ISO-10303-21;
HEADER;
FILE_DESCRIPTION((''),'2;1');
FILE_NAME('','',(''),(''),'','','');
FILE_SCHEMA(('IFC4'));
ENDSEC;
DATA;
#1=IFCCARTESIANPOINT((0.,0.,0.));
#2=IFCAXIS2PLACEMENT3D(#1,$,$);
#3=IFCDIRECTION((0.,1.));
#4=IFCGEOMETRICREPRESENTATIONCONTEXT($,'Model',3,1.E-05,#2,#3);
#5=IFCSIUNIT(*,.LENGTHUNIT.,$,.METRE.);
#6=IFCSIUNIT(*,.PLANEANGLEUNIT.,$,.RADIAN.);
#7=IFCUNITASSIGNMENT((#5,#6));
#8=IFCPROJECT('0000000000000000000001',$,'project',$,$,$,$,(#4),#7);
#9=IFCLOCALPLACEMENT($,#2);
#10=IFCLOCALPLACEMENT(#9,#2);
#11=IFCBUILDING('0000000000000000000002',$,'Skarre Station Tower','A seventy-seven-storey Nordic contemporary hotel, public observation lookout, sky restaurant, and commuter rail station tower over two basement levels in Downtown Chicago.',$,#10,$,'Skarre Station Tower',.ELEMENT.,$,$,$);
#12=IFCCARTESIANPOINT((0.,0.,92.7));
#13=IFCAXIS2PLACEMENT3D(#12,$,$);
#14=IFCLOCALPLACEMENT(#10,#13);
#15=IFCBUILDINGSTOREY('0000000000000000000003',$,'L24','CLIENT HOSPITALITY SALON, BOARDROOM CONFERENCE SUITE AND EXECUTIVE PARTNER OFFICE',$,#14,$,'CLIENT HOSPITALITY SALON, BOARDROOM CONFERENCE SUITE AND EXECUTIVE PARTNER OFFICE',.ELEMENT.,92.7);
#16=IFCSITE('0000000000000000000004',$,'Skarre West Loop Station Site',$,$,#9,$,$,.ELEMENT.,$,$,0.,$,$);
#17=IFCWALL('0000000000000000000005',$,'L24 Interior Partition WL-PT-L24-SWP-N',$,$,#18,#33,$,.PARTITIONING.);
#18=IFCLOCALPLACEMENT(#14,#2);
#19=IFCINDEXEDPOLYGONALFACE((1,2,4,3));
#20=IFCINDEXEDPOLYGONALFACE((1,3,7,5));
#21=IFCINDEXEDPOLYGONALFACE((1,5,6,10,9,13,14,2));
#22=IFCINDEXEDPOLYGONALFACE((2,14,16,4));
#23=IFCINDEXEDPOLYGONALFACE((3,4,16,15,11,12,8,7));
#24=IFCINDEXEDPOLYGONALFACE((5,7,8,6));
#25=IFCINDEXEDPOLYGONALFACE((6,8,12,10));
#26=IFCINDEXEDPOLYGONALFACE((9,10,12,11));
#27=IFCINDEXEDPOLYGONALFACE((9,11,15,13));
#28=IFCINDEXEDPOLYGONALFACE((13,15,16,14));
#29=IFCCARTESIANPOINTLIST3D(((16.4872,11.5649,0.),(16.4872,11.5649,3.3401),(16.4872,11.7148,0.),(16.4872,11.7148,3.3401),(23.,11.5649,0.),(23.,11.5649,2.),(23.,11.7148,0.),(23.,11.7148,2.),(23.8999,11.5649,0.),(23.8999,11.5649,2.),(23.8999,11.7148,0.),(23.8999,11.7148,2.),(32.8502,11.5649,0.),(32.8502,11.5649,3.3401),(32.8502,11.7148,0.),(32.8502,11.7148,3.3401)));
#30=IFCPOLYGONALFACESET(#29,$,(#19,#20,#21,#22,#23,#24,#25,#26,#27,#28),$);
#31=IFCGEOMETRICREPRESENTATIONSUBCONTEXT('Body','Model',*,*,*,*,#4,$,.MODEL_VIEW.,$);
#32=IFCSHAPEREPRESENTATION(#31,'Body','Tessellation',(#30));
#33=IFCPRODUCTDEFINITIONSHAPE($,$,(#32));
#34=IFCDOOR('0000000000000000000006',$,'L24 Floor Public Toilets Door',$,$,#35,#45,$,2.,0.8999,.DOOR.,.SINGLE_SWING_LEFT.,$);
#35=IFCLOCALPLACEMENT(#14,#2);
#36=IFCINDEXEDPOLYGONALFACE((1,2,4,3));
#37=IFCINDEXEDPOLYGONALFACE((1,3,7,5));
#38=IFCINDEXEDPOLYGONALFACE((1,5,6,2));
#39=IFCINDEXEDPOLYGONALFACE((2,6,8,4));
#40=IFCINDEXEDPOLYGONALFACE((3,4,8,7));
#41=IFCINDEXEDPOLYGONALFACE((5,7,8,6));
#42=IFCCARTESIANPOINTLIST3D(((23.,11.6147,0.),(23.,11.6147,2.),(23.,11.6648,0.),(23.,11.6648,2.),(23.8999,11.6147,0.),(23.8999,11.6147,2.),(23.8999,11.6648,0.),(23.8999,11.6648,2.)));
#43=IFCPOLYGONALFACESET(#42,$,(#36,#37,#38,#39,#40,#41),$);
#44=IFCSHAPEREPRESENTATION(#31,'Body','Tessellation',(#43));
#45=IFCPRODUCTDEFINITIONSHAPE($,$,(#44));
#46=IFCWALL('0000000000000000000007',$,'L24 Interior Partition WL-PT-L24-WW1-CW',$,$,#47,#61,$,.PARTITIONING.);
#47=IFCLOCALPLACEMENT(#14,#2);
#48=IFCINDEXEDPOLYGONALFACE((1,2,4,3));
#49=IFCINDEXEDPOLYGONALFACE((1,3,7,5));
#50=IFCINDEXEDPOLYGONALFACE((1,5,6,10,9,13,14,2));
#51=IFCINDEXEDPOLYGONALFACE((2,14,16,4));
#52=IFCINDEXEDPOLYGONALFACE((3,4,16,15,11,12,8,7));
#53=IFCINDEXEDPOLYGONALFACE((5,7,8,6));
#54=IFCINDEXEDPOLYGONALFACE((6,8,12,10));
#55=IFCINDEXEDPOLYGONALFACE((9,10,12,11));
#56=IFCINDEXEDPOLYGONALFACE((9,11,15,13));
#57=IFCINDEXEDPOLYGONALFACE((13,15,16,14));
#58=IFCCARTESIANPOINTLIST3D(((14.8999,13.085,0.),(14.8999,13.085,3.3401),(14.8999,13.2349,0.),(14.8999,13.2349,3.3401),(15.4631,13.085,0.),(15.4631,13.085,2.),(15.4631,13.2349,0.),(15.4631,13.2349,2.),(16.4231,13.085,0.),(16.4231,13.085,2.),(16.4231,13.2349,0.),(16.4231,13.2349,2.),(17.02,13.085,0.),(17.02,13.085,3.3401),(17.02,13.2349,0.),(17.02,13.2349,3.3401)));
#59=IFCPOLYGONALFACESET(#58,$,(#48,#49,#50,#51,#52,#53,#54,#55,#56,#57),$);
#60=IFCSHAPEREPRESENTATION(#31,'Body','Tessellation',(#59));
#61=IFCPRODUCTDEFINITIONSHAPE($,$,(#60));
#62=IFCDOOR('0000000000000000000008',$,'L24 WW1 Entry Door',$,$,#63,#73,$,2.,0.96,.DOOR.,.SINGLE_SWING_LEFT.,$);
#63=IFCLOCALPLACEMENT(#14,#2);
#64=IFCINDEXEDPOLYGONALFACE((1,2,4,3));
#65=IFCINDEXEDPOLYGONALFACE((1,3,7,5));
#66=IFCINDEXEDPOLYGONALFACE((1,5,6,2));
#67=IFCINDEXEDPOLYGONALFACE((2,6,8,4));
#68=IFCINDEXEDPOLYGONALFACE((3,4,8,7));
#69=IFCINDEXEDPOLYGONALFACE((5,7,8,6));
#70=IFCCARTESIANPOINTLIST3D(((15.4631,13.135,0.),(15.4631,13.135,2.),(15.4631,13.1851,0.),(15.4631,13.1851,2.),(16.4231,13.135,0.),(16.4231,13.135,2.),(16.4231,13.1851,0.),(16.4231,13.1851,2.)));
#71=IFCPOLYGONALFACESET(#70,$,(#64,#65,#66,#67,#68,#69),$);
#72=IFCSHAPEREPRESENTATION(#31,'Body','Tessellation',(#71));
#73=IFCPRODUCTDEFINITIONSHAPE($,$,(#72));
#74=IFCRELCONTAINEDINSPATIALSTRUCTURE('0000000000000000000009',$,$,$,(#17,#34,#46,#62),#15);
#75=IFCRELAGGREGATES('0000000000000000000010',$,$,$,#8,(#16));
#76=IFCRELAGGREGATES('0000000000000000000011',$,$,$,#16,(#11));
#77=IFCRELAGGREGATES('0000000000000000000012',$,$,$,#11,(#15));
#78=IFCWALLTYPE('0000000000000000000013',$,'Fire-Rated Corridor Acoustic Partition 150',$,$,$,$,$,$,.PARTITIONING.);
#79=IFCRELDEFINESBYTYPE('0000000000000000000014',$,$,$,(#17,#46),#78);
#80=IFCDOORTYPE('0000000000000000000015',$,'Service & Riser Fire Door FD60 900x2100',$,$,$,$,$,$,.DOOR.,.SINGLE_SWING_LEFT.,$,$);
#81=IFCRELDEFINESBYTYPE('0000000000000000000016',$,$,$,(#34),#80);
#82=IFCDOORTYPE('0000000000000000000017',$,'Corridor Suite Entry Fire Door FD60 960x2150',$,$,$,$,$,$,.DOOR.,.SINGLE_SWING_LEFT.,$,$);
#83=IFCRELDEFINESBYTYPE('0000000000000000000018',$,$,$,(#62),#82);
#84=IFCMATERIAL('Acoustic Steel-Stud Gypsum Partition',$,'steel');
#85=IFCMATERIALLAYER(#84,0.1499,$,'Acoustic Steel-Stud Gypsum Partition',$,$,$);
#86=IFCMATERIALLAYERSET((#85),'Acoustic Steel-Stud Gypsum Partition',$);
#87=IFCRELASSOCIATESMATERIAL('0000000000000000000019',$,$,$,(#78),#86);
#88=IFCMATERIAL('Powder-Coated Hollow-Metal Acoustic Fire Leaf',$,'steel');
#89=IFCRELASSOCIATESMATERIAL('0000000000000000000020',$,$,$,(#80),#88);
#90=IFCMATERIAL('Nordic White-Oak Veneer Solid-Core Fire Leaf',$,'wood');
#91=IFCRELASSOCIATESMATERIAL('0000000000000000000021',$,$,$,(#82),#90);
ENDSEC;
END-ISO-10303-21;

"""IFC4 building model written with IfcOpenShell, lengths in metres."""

from ifc_helpers import new_model, si_unit, direction, frame, frame_2d, origin, place, context, subcontext, project, spatial, rectangle, extrude, material, layer, layer_set, type_object, element, fill, save


model = new_model("IFC4")

# Units and contexts
model_context = context("Model", 3, precision=1e-05, world=origin(), true_north=direction((0.0, 1.0)))
body_context = subcontext(model_context, "Body", "Model", "MODEL_VIEW")
ifc_project = project(units=[si_unit("LENGTHUNIT", "METRE"), si_unit("PLANEANGLEUNIT", "RADIAN")], contexts=[model_context])

# Site, building, storey
site_placement = place(None, origin())
site = spatial("IfcSite", under=ifc_project, at=site_placement, Name="Skarre West Loop Station Site", CompositionType="ELEMENT", RefElevation=0.0)
building_placement = place(site_placement, origin())
building = spatial("IfcBuilding", under=site, at=building_placement, Name="Skarre Station Tower", Description="A seventy-seven-storey Nordic contemporary hotel, public observation lookout, sky restaurant, and commuter rail station tower over two basement levels in Downtown Chicago.", LongName="Skarre Station Tower", CompositionType="ELEMENT")
storey_placement = place(building_placement, frame((0.0, 0.0, 92.7)))
storey = spatial("IfcBuildingStorey", under=building, at=storey_placement, Name="L24", Description="CLIENT HOSPITALITY SALON, BOARDROOM CONFERENCE SUITE AND EXECUTIVE PARTNER OFFICE", LongName="CLIENT HOSPITALITY SALON, BOARDROOM CONFERENCE SUITE AND EXECUTIVE PARTNER OFFICE", CompositionType="ELEMENT", Elevation=92.7)

# Shared definitions
ifc_material_1 = material(Name="Acoustic Steel-Stud Gypsum Partition", Category="steel")
ifc_layer_1 = layer(ifc_material_1, 0.1499, Name="Acoustic Steel-Stud Gypsum Partition")
ifc_layer_set_1 = layer_set([ifc_layer_1], Name="Acoustic Steel-Stud Gypsum Partition")
wall_type_1 = type_object("IfcWallType", Name="Fire-Rated Corridor Acoustic Partition 150", PredefinedType="PARTITIONING", material=ifc_layer_set_1)

# Walls, openings, doors
wall_1_placement = place(storey_placement, frame((16.4871, 11.6399, 0.0), z_axis=(0.0, 0.0, 1.0), x_axis=(1.0, 0.0, 0.0)))
wall_1 = element("IfcWall", 1, at=wall_1_placement, inside=storey, type_object=wall_type_1, Name="L24 Interior Partition WL-PT-L24-SWP-N", PredefinedType="PARTITIONING", context=body_context, shape_type="SweptSolid", body=[
    extrude(rectangle(XDim=16.363, YDim=0.1499, at=frame_2d((8.1816, 0.0))), origin(), (0.0, 0.0, 1.0), 3.3401),
])
opening_1_placement = place(wall_1_placement, frame((6.5129, 0.0, 0.0)))
opening_1 = element("IfcOpeningElement", 2, at=opening_1_placement, cuts=wall_1, PredefinedType="OPENING", context=body_context, shape_type="SweptSolid", body=[
    extrude(rectangle(XDim=0.8999, YDim=2.0, at=frame_2d((0.45, 1.0))), frame((0.0, 0.085, 0.0), z_axis=(0.0, -1.0, 0.0), x_axis=(1.0, 0.0, 0.0)), (0.0, 0.0, 1.0), 0.1699),
])
ifc_material_2 = material(Name="Powder-Coated Hollow-Metal Acoustic Fire Leaf", Category="steel")
door_type_1 = type_object("IfcDoorType", Name="Service & Riser Fire Door FD60 900x2100", OperationType="SINGLE_SWING_LEFT", PredefinedType="DOOR", material=ifc_material_2)
door_1_placement = place(opening_1_placement, origin())
door_1 = element("IfcDoor", 3, at=door_1_placement, inside=storey, type_object=door_type_1, Name="L24 Floor Public Toilets Door", OperationType="SINGLE_SWING_LEFT", OverallHeight=2.0, OverallWidth=0.8999, PredefinedType="DOOR", context=body_context, shape_type="SweptSolid", body=[
    extrude(rectangle(XDim=0.8999, YDim=2.0, at=frame_2d((0.45, 1.0))), frame((0.0, 0.0249, 0.0), z_axis=(0.0, -1.0, 0.0), x_axis=(1.0, 0.0, 0.0)), (0.0, 0.0, 1.0), 0.05),
])
fill(opening_1, door_1)
wall_2_placement = place(storey_placement, frame((17.02, 13.1599, 0.0), z_axis=(0.0, 0.0, 1.0), x_axis=(-1.0, 0.0, 0.0)))
wall_2 = element("IfcWall", 4, at=wall_2_placement, inside=storey, type_object=wall_type_1, Name="L24 Interior Partition WL-PT-L24-WW1-CW", PredefinedType="PARTITIONING", context=body_context, shape_type="SweptSolid", body=[
    extrude(rectangle(XDim=2.1201, YDim=0.1499, at=frame_2d((1.0601, 0.0))), origin(), (0.0, 0.0, 1.0), 3.3401),
])
opening_2_placement = place(wall_2_placement, frame((0.5969, 0.0, 0.0)))
opening_2 = element("IfcOpeningElement", 5, at=opening_2_placement, cuts=wall_2, PredefinedType="OPENING", context=body_context, shape_type="SweptSolid", body=[
    extrude(rectangle(XDim=0.96, YDim=2.0, at=frame_2d((0.48, 1.0))), frame((0.0, 0.085, 0.0), z_axis=(0.0, -1.0, 0.0), x_axis=(1.0, 0.0, 0.0)), (0.0, 0.0, 1.0), 0.1699),
])
ifc_material_3 = material(Name="Nordic White-Oak Veneer Solid-Core Fire Leaf", Category="wood")
door_type_2 = type_object("IfcDoorType", Name="Corridor Suite Entry Fire Door FD60 960x2150", OperationType="SINGLE_SWING_LEFT", PredefinedType="DOOR", material=ifc_material_3)
door_2_placement = place(opening_2_placement, origin())
door_2 = element("IfcDoor", 6, at=door_2_placement, inside=storey, type_object=door_type_2, Name="L24 WW1 Entry Door", OperationType="SINGLE_SWING_LEFT", OverallHeight=2.0, OverallWidth=0.96, PredefinedType="DOOR", context=body_context, shape_type="SweptSolid", body=[
    extrude(rectangle(XDim=0.96, YDim=2.0, at=frame_2d((0.48, 1.0))), frame((0.0, 0.0249, 0.0), z_axis=(0.0, -1.0, 0.0), x_axis=(1.0, 0.0, 0.0)), (0.0, 0.0, 1.0), 0.05),
])
fill(opening_2, door_2)

save(model, "model.ifc")
